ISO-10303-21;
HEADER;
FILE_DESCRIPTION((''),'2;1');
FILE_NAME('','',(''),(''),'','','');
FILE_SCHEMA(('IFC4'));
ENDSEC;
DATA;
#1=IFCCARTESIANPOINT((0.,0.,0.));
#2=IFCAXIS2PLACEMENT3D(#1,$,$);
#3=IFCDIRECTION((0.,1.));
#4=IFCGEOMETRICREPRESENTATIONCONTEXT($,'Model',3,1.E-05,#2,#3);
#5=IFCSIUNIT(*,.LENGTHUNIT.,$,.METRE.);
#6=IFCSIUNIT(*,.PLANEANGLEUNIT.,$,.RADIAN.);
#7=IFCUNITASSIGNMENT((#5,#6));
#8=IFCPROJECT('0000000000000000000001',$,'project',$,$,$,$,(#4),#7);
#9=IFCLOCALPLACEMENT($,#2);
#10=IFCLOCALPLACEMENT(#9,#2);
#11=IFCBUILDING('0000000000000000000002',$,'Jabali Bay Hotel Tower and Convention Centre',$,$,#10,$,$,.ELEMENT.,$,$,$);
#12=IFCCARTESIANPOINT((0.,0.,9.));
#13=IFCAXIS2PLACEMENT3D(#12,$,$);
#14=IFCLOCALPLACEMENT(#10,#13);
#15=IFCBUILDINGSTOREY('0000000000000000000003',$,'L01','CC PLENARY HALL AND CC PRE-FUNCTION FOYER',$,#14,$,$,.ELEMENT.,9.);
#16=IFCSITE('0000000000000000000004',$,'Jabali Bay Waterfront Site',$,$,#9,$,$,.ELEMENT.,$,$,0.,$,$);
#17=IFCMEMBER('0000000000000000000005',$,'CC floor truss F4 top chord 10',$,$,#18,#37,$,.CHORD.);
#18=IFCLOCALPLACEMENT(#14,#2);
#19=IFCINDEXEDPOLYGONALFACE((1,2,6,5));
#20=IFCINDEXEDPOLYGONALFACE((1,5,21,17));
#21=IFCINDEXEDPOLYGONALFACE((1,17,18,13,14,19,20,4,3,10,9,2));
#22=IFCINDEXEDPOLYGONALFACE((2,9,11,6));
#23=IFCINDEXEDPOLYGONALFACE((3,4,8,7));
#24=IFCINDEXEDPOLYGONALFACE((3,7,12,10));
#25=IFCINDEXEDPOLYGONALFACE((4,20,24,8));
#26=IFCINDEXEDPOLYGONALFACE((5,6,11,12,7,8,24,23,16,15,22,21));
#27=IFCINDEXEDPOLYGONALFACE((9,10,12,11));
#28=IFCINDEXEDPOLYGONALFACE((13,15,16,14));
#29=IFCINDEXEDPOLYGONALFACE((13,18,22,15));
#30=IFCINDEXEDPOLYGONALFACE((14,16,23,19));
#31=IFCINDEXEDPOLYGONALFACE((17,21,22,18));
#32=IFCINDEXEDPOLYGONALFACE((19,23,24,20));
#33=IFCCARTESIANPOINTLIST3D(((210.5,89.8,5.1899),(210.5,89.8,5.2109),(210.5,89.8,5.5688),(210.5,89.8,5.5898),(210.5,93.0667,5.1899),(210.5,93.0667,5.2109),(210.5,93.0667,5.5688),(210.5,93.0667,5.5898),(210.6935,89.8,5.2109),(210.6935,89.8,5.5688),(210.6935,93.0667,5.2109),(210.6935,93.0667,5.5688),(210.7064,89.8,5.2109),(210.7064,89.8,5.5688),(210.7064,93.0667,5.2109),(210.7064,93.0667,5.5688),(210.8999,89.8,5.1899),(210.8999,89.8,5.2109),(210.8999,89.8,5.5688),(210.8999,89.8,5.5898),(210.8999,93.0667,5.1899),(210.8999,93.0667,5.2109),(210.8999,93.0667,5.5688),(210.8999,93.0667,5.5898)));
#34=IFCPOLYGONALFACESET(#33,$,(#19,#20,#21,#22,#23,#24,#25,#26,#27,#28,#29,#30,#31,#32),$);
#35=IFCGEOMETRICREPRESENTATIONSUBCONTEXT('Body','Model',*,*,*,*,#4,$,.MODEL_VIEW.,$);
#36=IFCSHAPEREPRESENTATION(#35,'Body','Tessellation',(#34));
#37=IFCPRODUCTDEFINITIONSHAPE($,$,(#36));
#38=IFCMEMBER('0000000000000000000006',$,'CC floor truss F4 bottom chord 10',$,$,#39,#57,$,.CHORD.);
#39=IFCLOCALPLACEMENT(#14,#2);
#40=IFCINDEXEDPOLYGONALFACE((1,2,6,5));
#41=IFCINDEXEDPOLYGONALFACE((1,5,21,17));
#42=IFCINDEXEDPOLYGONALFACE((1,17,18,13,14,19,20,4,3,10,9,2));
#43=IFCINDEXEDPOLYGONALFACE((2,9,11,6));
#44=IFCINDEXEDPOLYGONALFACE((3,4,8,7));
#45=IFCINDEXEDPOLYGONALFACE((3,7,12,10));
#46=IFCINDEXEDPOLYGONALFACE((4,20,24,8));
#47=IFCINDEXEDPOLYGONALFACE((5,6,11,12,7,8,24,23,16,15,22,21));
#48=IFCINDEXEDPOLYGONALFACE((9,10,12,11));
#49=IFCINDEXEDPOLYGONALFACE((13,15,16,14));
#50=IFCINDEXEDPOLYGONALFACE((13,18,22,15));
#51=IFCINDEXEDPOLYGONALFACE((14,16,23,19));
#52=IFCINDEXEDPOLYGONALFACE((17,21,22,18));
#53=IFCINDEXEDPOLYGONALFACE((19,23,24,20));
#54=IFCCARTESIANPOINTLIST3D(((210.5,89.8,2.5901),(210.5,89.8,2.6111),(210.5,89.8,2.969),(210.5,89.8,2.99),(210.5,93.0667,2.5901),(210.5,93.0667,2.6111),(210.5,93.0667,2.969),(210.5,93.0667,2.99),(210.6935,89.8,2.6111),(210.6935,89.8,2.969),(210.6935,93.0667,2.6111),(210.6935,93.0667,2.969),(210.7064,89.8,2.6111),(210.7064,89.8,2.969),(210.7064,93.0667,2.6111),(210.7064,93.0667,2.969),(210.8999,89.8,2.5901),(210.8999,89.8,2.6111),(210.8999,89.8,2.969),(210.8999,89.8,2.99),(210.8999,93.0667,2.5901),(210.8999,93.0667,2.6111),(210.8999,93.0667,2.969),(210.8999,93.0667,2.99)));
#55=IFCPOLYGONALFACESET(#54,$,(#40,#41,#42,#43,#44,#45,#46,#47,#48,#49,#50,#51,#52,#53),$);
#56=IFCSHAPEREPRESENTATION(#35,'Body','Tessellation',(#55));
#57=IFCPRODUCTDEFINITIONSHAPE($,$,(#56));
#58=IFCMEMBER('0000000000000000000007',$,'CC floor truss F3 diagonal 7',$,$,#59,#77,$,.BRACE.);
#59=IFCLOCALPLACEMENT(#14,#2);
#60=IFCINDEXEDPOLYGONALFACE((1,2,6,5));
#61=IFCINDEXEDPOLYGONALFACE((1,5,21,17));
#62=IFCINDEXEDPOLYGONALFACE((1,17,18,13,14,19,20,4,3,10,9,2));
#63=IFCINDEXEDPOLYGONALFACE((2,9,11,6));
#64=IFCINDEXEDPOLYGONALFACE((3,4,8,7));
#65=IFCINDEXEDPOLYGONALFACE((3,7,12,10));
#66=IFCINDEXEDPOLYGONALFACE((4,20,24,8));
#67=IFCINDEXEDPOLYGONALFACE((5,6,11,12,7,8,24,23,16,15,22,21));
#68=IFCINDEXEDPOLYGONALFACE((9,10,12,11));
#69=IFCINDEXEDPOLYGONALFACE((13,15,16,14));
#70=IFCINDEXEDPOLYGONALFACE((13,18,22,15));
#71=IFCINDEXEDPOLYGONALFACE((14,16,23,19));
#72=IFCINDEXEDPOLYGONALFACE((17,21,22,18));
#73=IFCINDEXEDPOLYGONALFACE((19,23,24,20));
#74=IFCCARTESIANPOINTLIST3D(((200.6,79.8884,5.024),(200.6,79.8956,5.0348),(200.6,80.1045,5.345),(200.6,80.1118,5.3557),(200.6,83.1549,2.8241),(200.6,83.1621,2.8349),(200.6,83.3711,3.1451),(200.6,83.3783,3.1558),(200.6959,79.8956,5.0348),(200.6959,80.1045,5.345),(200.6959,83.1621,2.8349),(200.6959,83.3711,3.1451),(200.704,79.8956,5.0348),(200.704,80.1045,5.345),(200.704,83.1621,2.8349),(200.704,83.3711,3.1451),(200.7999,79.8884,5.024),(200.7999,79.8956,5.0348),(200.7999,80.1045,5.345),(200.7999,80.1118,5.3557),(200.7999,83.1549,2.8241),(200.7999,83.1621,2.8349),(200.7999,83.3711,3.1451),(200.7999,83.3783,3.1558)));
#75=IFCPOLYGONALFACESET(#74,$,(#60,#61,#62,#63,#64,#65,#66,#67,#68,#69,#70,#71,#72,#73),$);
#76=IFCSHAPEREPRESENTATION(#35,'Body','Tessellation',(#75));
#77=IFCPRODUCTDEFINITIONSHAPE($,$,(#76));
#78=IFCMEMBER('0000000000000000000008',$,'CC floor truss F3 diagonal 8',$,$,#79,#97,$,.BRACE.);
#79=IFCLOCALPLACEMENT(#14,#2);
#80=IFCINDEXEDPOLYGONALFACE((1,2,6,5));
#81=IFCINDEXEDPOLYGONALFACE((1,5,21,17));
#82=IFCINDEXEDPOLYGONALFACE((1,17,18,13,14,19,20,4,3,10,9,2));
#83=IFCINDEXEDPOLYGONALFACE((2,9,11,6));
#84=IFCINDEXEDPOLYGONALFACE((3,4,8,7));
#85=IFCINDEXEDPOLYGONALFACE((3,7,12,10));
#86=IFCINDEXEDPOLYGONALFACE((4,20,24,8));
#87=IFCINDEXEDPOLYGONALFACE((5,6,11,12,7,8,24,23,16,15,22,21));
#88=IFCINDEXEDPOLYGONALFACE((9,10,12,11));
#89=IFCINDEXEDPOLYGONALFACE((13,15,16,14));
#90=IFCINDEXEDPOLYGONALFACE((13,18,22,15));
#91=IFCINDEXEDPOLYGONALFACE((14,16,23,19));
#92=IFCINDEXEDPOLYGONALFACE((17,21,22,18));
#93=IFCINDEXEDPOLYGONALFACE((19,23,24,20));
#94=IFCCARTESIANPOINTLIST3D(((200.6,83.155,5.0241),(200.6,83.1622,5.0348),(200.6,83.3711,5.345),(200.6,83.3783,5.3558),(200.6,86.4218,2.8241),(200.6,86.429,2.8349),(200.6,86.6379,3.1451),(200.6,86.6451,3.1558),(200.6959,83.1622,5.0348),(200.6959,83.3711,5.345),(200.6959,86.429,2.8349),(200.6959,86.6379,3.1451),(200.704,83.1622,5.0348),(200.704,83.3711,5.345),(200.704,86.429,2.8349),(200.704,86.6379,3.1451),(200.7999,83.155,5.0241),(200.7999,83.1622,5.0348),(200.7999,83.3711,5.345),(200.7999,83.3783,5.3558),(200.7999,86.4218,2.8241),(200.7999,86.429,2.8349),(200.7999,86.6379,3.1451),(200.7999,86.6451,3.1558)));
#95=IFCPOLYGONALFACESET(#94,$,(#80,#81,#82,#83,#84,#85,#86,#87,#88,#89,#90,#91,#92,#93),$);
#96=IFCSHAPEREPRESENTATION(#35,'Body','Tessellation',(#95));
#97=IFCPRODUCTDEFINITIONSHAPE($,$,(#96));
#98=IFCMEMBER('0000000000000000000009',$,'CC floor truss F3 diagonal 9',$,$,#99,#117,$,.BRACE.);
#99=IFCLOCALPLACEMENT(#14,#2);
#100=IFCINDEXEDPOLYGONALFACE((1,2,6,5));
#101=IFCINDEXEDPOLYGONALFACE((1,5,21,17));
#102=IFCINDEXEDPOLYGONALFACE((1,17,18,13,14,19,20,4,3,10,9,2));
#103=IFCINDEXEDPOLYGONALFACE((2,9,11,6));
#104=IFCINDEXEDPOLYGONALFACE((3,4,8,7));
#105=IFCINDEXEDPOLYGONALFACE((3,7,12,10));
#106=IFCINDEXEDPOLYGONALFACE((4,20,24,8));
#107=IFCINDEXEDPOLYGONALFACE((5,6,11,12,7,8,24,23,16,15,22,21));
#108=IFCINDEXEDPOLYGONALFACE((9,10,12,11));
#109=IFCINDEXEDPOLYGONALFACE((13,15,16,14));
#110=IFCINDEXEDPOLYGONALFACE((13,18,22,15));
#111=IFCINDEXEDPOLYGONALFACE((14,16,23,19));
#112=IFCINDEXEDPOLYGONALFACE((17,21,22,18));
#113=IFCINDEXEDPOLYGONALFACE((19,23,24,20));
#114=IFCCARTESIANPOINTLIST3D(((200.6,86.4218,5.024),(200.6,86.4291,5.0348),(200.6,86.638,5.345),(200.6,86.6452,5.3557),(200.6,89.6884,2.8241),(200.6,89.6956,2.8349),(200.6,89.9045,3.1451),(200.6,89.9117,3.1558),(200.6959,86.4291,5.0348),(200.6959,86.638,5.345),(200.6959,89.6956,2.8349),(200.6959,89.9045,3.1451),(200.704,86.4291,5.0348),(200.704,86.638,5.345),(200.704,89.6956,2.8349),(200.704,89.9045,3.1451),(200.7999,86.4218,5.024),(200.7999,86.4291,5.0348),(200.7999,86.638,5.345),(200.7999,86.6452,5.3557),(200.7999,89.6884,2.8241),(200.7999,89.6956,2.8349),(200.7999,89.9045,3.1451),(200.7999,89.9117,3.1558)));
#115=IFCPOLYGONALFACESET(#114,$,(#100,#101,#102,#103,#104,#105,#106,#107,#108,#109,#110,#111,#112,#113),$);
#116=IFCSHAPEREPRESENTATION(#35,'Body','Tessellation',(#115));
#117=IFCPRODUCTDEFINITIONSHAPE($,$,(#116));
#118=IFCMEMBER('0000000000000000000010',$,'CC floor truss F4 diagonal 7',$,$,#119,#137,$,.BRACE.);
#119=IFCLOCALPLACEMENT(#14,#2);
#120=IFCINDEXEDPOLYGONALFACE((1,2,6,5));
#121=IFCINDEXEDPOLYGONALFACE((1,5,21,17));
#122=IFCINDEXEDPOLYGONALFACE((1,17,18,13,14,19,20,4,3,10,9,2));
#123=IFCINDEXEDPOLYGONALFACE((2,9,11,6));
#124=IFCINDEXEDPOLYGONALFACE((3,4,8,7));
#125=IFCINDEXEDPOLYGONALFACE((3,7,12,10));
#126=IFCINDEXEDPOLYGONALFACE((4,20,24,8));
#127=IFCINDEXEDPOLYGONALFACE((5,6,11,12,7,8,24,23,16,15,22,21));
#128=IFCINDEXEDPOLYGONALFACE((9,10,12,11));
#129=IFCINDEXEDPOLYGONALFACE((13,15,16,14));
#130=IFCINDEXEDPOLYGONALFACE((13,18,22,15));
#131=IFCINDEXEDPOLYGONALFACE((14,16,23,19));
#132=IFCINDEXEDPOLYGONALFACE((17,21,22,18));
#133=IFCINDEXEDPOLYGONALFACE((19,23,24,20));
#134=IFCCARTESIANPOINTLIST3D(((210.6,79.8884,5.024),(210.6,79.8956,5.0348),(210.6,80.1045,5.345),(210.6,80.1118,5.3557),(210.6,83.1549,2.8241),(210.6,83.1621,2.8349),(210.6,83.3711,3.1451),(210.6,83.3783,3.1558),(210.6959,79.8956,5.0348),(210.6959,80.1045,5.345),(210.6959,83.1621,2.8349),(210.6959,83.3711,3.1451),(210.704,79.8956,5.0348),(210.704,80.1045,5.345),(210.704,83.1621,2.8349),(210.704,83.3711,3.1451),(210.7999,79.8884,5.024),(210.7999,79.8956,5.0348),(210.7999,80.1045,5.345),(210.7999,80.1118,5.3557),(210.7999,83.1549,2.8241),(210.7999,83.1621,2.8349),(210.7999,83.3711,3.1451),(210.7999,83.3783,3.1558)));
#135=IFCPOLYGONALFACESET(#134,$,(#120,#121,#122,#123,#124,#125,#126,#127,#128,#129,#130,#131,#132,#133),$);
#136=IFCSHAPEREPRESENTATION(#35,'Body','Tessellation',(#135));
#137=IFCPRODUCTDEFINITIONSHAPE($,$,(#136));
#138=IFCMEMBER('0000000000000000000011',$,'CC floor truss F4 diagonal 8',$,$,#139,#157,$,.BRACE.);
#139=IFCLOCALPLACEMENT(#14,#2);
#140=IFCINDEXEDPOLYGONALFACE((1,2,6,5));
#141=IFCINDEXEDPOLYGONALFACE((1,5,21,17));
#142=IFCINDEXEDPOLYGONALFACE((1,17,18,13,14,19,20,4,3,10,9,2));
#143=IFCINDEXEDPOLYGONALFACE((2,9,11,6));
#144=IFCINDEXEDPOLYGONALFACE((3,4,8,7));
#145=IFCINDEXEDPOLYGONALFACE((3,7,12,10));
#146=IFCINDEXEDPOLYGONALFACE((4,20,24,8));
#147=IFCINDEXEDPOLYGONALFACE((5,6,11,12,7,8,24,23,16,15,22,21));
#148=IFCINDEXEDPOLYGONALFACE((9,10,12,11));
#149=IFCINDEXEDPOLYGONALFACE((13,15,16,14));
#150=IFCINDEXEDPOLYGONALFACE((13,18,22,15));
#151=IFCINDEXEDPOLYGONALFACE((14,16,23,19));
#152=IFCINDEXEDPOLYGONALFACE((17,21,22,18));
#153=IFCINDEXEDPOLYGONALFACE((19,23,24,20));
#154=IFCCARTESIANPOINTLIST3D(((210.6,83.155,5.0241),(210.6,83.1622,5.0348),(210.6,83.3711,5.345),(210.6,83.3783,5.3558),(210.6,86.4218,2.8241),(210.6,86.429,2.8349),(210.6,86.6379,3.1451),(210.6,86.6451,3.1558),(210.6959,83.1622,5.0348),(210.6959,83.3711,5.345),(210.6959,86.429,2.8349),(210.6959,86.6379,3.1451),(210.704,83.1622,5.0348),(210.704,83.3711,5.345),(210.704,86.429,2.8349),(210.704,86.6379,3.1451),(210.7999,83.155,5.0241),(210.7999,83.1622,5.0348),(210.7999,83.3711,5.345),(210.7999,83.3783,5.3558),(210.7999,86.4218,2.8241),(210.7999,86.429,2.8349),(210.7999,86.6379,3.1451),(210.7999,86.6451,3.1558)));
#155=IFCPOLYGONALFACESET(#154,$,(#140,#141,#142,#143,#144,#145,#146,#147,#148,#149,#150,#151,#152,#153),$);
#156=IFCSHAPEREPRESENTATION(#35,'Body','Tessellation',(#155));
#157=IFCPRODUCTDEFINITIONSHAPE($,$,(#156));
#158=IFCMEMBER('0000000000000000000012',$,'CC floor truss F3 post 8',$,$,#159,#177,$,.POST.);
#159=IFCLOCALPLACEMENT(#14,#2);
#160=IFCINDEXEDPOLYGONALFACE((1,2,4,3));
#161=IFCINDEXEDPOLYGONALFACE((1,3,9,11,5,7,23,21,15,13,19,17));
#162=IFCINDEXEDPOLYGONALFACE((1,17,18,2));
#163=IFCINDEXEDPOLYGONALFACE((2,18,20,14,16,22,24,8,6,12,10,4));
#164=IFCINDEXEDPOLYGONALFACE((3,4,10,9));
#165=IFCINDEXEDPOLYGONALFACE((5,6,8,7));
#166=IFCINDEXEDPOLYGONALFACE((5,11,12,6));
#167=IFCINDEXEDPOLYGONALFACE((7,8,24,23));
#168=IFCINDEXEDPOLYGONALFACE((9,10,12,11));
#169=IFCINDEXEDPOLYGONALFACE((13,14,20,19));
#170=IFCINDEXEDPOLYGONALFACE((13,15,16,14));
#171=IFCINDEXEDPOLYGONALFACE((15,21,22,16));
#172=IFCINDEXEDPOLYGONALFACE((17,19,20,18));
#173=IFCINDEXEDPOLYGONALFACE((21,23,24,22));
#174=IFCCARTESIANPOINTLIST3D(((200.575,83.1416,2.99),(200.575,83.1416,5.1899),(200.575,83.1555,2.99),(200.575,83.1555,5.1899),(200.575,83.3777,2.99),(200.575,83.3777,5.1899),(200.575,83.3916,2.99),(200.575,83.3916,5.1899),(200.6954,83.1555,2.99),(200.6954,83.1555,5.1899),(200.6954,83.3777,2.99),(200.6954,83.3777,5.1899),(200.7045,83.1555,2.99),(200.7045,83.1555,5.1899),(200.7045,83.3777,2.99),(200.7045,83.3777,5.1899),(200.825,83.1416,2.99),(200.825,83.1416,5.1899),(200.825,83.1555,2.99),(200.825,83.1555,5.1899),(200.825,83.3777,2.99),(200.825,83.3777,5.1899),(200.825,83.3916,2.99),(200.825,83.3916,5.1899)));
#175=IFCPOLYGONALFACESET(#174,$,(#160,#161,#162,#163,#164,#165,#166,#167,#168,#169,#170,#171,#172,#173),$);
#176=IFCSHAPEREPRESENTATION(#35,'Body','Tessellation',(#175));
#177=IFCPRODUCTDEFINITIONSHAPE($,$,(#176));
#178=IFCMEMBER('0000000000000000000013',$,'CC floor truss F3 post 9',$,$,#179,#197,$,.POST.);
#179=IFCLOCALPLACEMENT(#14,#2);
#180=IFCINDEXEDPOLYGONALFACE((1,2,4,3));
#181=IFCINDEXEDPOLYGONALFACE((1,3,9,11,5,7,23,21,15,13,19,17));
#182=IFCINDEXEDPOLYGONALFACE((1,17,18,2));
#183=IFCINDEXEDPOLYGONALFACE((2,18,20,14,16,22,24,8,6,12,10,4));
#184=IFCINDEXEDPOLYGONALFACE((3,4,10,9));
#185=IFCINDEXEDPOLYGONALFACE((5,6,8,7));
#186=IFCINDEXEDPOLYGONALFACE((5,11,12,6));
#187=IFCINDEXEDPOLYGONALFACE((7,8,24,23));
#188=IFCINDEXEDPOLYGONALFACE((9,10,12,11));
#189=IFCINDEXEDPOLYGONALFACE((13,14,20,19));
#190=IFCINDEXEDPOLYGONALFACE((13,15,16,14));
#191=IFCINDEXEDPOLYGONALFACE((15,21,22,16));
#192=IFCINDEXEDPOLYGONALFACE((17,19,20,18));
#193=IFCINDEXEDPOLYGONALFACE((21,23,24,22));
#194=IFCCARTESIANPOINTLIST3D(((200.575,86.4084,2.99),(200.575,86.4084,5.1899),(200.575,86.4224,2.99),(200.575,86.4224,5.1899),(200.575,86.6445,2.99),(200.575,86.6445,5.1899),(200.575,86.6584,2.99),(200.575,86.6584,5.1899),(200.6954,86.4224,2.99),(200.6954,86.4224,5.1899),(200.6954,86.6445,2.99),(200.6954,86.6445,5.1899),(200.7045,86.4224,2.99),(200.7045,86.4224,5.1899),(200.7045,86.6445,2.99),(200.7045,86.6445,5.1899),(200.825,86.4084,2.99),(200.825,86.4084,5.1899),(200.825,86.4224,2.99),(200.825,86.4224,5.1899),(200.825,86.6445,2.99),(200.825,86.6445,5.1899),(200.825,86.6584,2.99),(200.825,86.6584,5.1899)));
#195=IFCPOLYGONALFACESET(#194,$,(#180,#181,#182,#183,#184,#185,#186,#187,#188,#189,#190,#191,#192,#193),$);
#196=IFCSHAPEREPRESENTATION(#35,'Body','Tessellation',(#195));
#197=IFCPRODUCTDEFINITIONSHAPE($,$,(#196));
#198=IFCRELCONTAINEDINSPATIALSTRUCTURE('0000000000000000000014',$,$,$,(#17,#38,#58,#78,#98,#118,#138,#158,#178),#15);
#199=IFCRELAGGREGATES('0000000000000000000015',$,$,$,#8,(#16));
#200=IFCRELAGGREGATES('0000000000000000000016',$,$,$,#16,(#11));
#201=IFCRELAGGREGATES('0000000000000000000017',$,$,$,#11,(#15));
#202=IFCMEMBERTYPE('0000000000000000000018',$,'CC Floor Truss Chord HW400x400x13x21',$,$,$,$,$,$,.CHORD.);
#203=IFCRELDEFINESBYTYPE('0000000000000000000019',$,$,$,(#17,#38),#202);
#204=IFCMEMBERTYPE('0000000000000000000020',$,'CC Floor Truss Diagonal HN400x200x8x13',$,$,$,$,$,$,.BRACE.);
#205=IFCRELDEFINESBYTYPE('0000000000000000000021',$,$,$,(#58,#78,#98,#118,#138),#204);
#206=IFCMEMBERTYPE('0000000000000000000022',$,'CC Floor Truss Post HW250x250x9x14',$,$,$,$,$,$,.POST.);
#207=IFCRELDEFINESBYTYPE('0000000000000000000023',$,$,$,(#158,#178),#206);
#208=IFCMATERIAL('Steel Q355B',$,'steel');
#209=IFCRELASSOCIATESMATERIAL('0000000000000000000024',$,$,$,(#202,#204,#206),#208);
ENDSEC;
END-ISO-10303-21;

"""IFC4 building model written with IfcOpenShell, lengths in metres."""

from ifc_helpers import new_model, si_unit, direction, frame, origin, origin_2d, place, context, subcontext, project, spatial, i_section, extrude, material, material_profile, profile_set, type_object, element, save


model = new_model("IFC4")

# Units and contexts
model_context = context("Model", 3, precision=1e-05, world=origin(), true_north=direction((0.0, 1.0)))
body_context = subcontext(model_context, "Body", "Model", "MODEL_VIEW")
ifc_project = project(units=[si_unit("LENGTHUNIT", "METRE"), si_unit("PLANEANGLEUNIT", "RADIAN")], contexts=[model_context])

# Site, building, storey
site_placement = place(None, origin())
site = spatial("IfcSite", under=ifc_project, at=site_placement, Name="Jabali Bay Waterfront Site", CompositionType="ELEMENT", RefElevation=0.0)
building_placement = place(site_placement, origin())
building = spatial("IfcBuilding", under=site, at=building_placement, Name="Jabali Bay Hotel Tower and Convention Centre", CompositionType="ELEMENT")
storey_placement = place(building_placement, frame((0.0, 0.0, 9.0)))
storey = spatial("IfcBuildingStorey", under=building, at=storey_placement, Name="L01", Description="CC PLENARY HALL AND CC PRE-FUNCTION FOYER", CompositionType="ELEMENT", Elevation=9.0)

# Members
ifc_material = material(Name="Steel Q355B", Category="steel")
ifc_material_profile_1 = material_profile(ifc_material, i_section(OverallWidth=0.3999, OverallDepth=0.3999, WebThickness=0.0129, FlangeThickness=0.021, at=origin_2d()), Name="HW400x400x13x21")
ifc_profile_set_1 = profile_set([ifc_material_profile_1], Name="Steel Q355B")
member_type_1 = type_object("IfcMemberType", Name="CC Floor Truss Chord HW400x400x13x21", PredefinedType="CHORD", material=ifc_profile_set_1)
for number, where, z_axis, x_axis, name in (
    (1, (210.7, 89.8, 5.3899), (0.0, 1.0, 0.0), (-1.0, 0.0, 0.0), "CC floor truss F4 top chord 10"),
    (2, (210.7, 89.8, 2.79), (0.0, 1.0, 0.0), (-1.0, 0.0, 0.0), "CC floor truss F4 bottom chord 10"),
):
    element("IfcMember", number, at=place(storey_placement, frame(where, z_axis=z_axis, x_axis=x_axis)), inside=storey, type_object=member_type_1, Name=name, PredefinedType="CHORD", context=body_context, shape_type="SweptSolid", body=[
        extrude(i_section(OverallWidth=0.3999, OverallDepth=0.3999, WebThickness=0.0129, FlangeThickness=0.021, at=origin_2d()), origin(), (0.0, 0.0, 1.0), 3.2666),
    ])
ifc_material_profile_2 = material_profile(ifc_material, i_section(OverallWidth=0.2, OverallDepth=0.3999, WebThickness=0.0081, FlangeThickness=0.0129, at=origin_2d()), Name="HN400x200x8x13")
ifc_profile_set_2 = profile_set([ifc_material_profile_2], Name="Steel Q355B")
member_type_2 = type_object("IfcMemberType", Name="CC Floor Truss Diagonal HN400x200x8x13", PredefinedType="BRACE", material=ifc_profile_set_2)
member_1_placement = place(storey_placement, frame((200.7, 83.2666, 2.99), z_axis=(0.0, -0.829438, 0.5586), x_axis=(1.0, 0.0, 0.0)))
element("IfcMember", 3, at=member_1_placement, inside=storey, type_object=member_type_2, Name="CC floor truss F3 diagonal 7", PredefinedType="BRACE", context=body_context, shape_type="SweptSolid", body=[
    extrude(i_section(OverallWidth=0.2, OverallDepth=0.3999, WebThickness=0.0081, FlangeThickness=0.0129, at=origin_2d()), origin(), (0.0, 0.0, 1.0), 3.9382),
])
member_2_placement = place(storey_placement, frame((200.7, 86.5334, 2.99), z_axis=(0.0, -0.829457, 0.558571), x_axis=(1.0, 0.0, 0.0)))
element("IfcMember", 4, at=member_2_placement, inside=storey, type_object=member_type_2, Name="CC floor truss F3 diagonal 8", PredefinedType="BRACE", context=body_context, shape_type="SweptSolid", body=[
    extrude(i_section(OverallWidth=0.2, OverallDepth=0.3999, WebThickness=0.0081, FlangeThickness=0.0129, at=origin_2d()), origin(), (0.0, 0.0, 1.0), 3.9385),
])
for number, where, z_axis, x_axis, name in (
    (5, (200.7, 89.8, 2.99), (0.0, -0.829438, 0.5586), (1.0, 0.0, 0.0), "CC floor truss F3 diagonal 9"),
    (6, (210.7, 83.2666, 2.99), (0.0, -0.829438, 0.5586), (1.0, 0.0, 0.0), "CC floor truss F4 diagonal 7"),
):
    element("IfcMember", number, at=place(storey_placement, frame(where, z_axis=z_axis, x_axis=x_axis)), inside=storey, type_object=member_type_2, Name=name, PredefinedType="BRACE", context=body_context, shape_type="SweptSolid", body=[
        extrude(i_section(OverallWidth=0.2, OverallDepth=0.3999, WebThickness=0.0081, FlangeThickness=0.0129, at=origin_2d()), origin(), (0.0, 0.0, 1.0), 3.9382),
    ])
member_3_placement = place(storey_placement, frame((210.7, 86.5334, 2.99), z_axis=(0.0, -0.829457, 0.558571), x_axis=(1.0, 0.0, 0.0)))
element("IfcMember", 7, at=member_3_placement, inside=storey, type_object=member_type_2, Name="CC floor truss F4 diagonal 8", PredefinedType="BRACE", context=body_context, shape_type="SweptSolid", body=[
    extrude(i_section(OverallWidth=0.2, OverallDepth=0.3999, WebThickness=0.0081, FlangeThickness=0.0129, at=origin_2d()), origin(), (0.0, 0.0, 1.0), 3.9385),
])
ifc_material_profile_3 = material_profile(ifc_material, i_section(OverallWidth=0.25, OverallDepth=0.25, WebThickness=0.009, FlangeThickness=0.0139, at=origin_2d()), Name="HW250x250x9x14")
ifc_profile_set_3 = profile_set([ifc_material_profile_3], Name="Steel Q355B")
member_type_3 = type_object("IfcMemberType", Name="CC Floor Truss Post HW250x250x9x14", PredefinedType="POST", material=ifc_profile_set_3)
for number, where, z_axis, x_axis, name in (
    (8, (200.7, 83.2666, 2.99), (0.0, 0.0, 1.0), (1.0, 0.0, 0.0), "CC floor truss F3 post 8"),
    (9, (200.7, 86.5334, 2.99), (0.0, 0.0, 1.0), (1.0, 0.0, 0.0), "CC floor truss F3 post 9"),
):
    element("IfcMember", number, at=place(storey_placement, frame(where, z_axis=z_axis, x_axis=x_axis)), inside=storey, type_object=member_type_3, Name=name, PredefinedType="POST", context=body_context, shape_type="SweptSolid", body=[
        extrude(i_section(OverallWidth=0.25, OverallDepth=0.25, WebThickness=0.009, FlangeThickness=0.0139, at=origin_2d()), origin(), (0.0, 0.0, 1.0), 2.2),
    ])

save(model, "model.ifc")
